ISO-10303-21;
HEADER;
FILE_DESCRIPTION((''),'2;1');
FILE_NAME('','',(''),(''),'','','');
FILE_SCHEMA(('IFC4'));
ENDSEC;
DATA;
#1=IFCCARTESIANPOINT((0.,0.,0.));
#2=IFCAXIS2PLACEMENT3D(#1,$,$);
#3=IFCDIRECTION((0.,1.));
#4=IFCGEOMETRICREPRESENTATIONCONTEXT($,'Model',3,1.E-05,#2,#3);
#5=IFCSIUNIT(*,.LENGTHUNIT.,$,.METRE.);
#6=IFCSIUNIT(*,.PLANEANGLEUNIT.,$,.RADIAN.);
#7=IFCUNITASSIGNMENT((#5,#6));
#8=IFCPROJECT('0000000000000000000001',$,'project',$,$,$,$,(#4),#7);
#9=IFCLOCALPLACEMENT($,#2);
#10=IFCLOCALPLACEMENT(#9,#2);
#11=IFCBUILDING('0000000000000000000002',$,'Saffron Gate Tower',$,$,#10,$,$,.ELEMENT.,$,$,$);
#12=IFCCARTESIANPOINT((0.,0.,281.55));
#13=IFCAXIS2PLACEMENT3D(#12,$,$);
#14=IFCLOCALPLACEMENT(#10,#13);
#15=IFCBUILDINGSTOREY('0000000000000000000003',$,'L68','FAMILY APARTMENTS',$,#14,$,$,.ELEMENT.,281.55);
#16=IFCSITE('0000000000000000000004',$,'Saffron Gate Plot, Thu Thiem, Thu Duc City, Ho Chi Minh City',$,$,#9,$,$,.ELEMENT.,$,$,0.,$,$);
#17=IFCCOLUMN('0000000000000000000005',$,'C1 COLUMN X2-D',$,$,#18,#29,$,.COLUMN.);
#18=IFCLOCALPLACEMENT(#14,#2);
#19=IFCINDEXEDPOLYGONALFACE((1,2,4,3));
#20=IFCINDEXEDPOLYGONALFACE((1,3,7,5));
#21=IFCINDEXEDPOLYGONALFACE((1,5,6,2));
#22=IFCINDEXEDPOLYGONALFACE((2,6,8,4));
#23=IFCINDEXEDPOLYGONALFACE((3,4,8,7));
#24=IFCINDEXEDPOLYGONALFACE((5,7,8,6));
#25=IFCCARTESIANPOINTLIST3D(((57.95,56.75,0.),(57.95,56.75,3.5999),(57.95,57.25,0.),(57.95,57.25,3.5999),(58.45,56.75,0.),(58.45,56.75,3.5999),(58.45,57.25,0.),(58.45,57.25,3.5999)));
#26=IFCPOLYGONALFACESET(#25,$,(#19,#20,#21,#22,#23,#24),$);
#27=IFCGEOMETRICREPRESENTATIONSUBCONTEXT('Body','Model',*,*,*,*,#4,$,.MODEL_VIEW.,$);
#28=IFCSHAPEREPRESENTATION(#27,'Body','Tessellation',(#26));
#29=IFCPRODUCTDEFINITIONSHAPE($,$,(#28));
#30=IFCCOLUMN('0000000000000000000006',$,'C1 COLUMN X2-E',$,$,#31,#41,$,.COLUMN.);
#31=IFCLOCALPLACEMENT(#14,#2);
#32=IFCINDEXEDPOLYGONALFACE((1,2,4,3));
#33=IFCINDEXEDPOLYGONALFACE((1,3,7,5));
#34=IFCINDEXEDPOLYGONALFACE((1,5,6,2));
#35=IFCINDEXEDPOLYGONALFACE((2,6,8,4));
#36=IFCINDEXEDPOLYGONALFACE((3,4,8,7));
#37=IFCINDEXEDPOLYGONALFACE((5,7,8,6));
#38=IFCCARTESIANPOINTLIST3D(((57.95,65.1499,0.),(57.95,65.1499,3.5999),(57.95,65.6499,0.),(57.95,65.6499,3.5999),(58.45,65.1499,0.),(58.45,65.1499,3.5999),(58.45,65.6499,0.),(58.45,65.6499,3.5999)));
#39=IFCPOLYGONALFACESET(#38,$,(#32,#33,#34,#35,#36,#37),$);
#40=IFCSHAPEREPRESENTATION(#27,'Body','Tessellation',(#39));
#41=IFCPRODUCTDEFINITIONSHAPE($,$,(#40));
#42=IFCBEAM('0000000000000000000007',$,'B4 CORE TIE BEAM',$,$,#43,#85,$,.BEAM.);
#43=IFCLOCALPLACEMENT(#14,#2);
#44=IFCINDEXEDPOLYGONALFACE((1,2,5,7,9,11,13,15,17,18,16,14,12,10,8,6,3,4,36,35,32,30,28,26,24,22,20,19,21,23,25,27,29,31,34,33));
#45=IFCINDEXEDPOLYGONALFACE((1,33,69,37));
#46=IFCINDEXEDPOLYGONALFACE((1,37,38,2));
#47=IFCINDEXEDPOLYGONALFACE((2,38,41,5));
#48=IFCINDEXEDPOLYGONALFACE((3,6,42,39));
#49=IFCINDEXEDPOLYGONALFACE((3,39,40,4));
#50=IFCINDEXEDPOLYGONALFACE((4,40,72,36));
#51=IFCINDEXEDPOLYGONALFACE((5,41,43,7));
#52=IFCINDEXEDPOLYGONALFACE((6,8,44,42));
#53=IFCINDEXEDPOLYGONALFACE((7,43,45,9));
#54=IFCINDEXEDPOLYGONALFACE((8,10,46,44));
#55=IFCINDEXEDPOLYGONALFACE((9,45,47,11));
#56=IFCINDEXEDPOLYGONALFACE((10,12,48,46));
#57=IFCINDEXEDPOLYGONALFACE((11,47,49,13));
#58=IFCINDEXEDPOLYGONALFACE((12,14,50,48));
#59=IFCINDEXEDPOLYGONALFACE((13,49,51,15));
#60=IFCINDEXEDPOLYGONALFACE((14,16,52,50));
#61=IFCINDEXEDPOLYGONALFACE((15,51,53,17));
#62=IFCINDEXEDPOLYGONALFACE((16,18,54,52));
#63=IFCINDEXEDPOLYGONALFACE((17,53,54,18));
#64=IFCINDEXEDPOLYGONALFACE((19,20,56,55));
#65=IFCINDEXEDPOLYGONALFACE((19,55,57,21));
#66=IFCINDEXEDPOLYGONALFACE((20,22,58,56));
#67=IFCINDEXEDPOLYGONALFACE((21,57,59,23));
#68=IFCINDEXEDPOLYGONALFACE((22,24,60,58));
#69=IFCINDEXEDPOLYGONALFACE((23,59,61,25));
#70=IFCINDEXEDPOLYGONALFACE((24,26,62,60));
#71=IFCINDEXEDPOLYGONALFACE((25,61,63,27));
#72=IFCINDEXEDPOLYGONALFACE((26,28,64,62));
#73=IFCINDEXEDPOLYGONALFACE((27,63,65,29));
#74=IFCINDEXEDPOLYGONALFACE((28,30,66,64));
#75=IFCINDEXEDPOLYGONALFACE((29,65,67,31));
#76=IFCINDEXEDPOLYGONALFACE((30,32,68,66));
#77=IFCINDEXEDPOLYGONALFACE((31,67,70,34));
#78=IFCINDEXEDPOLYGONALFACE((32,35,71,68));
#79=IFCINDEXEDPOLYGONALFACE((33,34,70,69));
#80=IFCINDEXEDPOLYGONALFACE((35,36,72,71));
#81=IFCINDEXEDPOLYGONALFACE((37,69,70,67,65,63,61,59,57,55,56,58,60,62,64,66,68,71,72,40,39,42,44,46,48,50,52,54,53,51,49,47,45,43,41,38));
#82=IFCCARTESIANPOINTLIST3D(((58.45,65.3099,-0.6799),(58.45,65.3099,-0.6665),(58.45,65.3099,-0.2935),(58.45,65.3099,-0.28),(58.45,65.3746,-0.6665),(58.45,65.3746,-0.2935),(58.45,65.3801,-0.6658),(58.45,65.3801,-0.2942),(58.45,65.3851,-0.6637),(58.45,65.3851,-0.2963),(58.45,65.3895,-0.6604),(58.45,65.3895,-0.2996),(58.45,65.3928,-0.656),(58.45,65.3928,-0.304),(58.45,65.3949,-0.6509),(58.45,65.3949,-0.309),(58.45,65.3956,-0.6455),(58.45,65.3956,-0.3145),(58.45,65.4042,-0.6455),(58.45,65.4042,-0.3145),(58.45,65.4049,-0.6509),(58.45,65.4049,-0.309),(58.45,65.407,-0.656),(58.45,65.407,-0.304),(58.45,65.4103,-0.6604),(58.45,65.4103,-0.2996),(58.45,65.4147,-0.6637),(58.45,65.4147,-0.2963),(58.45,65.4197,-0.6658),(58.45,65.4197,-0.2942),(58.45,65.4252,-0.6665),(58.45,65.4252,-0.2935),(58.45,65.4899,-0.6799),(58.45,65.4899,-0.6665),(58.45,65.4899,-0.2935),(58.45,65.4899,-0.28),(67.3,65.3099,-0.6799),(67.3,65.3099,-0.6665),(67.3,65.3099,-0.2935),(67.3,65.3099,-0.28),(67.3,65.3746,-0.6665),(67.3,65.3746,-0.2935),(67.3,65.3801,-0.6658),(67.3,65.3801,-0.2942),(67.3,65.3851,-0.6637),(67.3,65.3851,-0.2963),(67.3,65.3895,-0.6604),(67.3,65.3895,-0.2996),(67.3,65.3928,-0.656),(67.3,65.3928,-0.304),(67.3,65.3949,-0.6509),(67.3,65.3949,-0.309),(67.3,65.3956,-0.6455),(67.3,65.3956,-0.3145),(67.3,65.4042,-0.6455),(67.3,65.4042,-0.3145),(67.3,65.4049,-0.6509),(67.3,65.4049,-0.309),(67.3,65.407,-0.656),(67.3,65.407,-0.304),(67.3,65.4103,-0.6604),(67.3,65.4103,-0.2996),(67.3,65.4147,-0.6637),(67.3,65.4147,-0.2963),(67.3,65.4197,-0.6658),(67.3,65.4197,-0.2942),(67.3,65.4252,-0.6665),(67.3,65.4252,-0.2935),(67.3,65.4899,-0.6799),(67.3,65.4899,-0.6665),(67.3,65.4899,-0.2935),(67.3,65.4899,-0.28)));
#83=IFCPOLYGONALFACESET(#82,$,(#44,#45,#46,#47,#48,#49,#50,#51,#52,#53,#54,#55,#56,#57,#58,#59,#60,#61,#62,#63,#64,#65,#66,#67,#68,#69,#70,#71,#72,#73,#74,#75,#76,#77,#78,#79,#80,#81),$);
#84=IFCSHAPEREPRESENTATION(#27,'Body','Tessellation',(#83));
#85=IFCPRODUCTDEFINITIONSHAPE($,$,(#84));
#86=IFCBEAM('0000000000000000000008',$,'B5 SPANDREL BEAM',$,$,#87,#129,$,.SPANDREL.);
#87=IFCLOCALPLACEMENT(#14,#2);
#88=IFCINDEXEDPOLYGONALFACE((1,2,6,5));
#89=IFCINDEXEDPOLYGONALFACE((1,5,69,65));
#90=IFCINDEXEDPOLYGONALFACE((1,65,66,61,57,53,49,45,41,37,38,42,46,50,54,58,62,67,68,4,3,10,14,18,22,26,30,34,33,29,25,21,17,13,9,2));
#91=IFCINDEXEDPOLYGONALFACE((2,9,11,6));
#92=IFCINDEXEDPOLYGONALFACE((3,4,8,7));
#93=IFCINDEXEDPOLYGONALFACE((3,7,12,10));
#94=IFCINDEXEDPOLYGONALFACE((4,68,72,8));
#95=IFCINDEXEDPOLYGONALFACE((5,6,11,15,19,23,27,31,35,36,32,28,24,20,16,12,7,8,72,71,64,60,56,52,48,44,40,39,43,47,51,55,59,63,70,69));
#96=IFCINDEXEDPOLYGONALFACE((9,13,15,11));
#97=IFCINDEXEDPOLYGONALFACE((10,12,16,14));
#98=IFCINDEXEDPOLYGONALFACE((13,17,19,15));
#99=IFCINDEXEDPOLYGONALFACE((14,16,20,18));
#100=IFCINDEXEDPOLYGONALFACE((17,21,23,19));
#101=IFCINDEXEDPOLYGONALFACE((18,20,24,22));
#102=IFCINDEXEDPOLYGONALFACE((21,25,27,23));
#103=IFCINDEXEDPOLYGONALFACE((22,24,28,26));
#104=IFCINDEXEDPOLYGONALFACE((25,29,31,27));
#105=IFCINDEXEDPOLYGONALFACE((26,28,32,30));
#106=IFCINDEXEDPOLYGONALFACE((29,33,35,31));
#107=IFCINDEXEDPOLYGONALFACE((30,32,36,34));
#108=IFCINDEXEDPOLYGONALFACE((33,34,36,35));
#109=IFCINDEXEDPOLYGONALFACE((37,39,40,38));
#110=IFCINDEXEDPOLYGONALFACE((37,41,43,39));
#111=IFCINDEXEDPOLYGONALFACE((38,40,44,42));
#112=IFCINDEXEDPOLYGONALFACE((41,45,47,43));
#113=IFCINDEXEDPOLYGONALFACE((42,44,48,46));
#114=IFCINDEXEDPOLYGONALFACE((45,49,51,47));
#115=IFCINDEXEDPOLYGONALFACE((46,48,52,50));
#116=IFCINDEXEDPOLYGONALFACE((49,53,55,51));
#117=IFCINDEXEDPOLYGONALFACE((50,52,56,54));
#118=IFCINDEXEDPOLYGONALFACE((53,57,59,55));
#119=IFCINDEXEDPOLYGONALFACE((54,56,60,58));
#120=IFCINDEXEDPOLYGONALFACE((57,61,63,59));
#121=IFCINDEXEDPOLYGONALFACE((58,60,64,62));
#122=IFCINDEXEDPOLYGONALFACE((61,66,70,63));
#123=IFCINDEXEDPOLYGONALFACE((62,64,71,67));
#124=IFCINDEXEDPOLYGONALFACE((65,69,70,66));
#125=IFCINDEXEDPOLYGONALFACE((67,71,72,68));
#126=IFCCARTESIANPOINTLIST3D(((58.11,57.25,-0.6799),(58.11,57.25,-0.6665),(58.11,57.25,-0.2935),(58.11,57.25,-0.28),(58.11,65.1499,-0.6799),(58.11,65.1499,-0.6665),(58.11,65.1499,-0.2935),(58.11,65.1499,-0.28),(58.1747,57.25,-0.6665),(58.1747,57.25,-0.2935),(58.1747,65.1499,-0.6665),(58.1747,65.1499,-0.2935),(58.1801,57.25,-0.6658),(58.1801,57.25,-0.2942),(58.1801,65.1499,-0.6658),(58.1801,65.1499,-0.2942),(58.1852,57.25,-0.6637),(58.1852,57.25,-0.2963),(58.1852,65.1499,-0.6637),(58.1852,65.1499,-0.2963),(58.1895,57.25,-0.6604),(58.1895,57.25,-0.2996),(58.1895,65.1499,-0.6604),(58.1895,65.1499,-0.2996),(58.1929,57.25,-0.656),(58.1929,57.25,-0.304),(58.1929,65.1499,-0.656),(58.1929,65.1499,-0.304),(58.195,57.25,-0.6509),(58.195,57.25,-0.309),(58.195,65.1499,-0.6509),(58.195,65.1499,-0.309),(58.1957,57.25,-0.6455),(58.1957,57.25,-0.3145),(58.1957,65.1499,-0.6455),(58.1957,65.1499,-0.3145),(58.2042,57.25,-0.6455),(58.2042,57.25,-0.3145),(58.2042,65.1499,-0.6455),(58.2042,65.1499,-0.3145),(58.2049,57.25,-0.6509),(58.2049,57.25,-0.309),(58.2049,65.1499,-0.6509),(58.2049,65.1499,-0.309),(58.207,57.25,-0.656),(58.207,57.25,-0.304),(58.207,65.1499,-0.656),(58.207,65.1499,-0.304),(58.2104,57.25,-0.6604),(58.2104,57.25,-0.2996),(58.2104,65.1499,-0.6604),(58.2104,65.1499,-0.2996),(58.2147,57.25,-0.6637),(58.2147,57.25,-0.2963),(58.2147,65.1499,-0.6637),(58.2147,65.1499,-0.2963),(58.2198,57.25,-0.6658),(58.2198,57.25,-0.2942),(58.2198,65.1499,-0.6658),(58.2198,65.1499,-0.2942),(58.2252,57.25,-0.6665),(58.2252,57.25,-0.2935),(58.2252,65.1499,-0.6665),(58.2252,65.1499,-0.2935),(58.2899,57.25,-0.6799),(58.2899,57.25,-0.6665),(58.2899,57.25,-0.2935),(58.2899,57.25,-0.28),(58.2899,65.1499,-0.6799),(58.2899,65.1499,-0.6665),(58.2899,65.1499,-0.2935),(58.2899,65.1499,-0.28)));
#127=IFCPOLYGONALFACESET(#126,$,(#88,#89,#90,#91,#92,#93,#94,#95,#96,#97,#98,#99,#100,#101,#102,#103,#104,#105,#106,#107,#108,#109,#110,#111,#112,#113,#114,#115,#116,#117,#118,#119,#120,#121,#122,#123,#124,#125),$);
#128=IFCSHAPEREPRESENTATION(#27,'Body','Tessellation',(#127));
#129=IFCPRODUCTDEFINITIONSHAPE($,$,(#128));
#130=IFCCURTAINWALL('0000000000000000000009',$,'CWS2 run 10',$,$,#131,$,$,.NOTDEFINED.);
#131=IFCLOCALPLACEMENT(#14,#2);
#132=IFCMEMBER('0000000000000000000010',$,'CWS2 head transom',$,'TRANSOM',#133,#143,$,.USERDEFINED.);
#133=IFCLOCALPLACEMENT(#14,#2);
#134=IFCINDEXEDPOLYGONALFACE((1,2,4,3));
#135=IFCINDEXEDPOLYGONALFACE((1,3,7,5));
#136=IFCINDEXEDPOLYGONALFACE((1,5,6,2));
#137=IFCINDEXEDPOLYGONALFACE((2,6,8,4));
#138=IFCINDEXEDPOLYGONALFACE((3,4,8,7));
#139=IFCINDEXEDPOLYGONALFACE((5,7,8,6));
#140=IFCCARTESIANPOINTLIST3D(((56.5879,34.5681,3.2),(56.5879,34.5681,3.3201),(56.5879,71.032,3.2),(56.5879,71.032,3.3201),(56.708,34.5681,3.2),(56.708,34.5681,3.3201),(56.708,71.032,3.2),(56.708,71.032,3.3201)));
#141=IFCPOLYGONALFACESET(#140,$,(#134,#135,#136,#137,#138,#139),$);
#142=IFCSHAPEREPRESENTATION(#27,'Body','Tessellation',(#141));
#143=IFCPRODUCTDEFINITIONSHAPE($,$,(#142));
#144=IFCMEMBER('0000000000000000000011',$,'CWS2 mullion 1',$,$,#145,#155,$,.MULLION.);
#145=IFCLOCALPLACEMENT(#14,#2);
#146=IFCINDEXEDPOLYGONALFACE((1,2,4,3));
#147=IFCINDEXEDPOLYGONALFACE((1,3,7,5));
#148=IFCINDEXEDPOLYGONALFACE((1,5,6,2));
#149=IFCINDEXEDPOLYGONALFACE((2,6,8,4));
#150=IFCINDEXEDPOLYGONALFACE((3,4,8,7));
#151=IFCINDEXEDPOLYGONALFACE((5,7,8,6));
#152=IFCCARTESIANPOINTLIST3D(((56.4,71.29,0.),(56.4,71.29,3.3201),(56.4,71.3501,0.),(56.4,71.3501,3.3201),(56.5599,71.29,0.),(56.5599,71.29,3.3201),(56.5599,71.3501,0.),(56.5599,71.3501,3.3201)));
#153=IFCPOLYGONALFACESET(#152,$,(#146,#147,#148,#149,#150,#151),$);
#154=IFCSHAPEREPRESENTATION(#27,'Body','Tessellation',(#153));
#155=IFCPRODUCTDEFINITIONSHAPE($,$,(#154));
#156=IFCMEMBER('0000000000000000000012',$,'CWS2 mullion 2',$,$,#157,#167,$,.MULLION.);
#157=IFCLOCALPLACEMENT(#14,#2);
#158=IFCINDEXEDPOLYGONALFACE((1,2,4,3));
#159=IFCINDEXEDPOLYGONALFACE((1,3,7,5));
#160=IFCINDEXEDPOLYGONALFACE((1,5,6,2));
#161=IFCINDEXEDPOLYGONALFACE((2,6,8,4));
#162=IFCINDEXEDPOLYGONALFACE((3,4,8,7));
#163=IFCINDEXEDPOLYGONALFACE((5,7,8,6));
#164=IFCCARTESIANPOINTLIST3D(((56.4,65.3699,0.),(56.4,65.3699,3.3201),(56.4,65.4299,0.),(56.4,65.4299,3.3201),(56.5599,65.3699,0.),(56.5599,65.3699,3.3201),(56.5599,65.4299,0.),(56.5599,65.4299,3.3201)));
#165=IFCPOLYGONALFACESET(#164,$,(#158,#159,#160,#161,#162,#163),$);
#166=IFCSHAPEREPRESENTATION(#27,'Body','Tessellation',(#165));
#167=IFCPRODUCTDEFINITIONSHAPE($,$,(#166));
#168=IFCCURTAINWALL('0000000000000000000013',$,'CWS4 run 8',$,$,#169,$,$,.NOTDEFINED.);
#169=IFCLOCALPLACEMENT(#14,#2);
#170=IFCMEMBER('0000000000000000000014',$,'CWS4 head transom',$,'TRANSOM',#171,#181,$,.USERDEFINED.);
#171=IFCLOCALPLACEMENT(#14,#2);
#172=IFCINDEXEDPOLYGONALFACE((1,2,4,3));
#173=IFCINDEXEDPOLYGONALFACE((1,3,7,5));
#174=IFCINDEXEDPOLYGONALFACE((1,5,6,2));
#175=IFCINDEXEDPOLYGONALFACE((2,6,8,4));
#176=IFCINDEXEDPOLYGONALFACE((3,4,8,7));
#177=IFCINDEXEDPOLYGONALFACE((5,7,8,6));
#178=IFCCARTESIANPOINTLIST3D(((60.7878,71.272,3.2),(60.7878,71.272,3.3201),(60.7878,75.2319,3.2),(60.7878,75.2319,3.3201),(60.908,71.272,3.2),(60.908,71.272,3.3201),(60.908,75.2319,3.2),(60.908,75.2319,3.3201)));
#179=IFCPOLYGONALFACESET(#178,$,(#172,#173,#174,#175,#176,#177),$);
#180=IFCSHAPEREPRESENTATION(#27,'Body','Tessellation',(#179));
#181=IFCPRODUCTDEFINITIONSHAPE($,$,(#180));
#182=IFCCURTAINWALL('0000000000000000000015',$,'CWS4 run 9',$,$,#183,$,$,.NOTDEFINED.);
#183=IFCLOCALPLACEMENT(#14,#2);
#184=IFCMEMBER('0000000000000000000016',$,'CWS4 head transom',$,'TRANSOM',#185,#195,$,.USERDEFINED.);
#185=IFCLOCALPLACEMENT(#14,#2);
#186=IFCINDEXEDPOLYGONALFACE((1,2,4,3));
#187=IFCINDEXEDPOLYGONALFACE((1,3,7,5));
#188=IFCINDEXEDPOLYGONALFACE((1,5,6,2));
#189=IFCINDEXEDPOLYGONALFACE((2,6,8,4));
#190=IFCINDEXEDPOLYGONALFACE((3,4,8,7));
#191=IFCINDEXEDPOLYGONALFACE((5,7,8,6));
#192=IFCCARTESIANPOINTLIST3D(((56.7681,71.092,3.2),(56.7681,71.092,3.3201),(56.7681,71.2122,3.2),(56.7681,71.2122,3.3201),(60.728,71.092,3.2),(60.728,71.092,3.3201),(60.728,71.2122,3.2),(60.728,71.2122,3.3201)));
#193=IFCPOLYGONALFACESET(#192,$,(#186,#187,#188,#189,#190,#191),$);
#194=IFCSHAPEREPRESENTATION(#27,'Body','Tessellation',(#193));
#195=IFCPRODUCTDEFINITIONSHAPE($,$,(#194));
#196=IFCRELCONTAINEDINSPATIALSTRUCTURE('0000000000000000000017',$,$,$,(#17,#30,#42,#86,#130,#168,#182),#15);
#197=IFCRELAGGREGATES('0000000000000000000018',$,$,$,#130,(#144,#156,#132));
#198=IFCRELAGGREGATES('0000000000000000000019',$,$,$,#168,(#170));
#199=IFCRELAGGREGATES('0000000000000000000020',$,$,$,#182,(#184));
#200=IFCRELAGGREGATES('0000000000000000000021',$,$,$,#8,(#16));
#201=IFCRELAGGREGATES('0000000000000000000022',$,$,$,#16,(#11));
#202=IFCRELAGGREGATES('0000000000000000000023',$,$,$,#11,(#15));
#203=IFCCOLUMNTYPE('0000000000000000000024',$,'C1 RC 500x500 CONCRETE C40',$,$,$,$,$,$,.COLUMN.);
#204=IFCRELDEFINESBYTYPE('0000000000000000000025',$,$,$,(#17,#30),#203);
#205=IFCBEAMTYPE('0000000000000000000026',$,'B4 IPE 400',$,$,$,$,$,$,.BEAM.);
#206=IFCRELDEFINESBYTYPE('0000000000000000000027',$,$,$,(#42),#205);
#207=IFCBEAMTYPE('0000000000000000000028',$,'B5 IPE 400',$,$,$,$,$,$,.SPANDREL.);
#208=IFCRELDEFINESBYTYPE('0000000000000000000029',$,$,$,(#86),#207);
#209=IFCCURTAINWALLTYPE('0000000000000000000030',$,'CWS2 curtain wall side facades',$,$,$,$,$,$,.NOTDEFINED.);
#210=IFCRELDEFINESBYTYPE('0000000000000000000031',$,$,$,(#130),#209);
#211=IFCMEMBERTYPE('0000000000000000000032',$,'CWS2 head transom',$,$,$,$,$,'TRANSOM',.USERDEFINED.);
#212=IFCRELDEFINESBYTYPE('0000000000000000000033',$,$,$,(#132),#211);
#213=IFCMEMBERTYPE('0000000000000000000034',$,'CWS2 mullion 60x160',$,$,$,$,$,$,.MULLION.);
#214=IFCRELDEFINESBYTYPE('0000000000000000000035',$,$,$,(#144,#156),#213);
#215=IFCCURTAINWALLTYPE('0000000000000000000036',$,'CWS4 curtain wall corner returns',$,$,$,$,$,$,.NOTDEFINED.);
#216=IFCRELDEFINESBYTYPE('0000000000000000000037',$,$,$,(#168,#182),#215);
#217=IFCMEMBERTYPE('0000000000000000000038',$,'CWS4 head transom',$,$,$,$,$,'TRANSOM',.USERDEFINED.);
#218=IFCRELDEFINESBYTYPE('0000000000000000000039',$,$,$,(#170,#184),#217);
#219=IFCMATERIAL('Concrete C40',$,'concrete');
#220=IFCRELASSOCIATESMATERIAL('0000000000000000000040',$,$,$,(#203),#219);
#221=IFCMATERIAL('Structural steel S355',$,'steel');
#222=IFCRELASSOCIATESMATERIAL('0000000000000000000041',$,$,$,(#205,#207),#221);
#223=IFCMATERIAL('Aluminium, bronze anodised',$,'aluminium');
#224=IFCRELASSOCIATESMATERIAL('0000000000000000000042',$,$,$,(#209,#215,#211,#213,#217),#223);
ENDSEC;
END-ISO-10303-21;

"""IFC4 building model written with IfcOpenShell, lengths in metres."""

from ifc_helpers import new_model, si_unit, direction, frame, origin, origin_2d, place, context, subcontext, project, spatial, rectangle, i_section, extrude, material, material_profile, profile_set, type_object, element, aggregate, save


model = new_model("IFC4")

# Units and contexts
model_context = context("Model", 3, precision=1e-05, world=origin(), true_north=direction((0.0, 1.0)))
body_context = subcontext(model_context, "Body", "Model", "MODEL_VIEW")
ifc_project = project(units=[si_unit("LENGTHUNIT", "METRE"), si_unit("PLANEANGLEUNIT", "RADIAN")], contexts=[model_context])

# Site, building, storey
site_placement = place(None, origin())
site = spatial("IfcSite", under=ifc_project, at=site_placement, Name="Saffron Gate Plot, Thu Thiem, Thu Duc City, Ho Chi Minh City", CompositionType="ELEMENT", RefElevation=0.0)
building_placement = place(site_placement, origin())
building = spatial("IfcBuilding", under=site, at=building_placement, Name="Saffron Gate Tower", CompositionType="ELEMENT")
storey_placement = place(building_placement, frame((0.0, 0.0, 281.55)))
storey = spatial("IfcBuildingStorey", under=building, at=storey_placement, Name="L68", Description="FAMILY APARTMENTS", CompositionType="ELEMENT", Elevation=281.55)

# Columns
ifc_material_1 = material(Name="Concrete C40", Category="concrete")
ifc_material_profile_1 = material_profile(ifc_material_1, rectangle(XDim=0.5, YDim=0.5, at=origin_2d()))
ifc_profile_set_1 = profile_set([ifc_material_profile_1], Name="Concrete C40")
column_type = type_object("IfcColumnType", Name="C1 RC 500x500 CONCRETE C40", PredefinedType="COLUMN", material=ifc_profile_set_1)
for number, where, z_axis, x_axis, name in (
    (1, (58.2, 57.0, 0.0), (0.0, 0.0, 1.0), (1.0, 0.0, 0.0), "C1 COLUMN X2-D"),
    (2, (58.2, 65.3999, 0.0), (0.0, 0.0, 1.0), (1.0, 0.0, 0.0), "C1 COLUMN X2-E"),
):
    element("IfcColumn", number, at=place(storey_placement, frame(where, z_axis=z_axis, x_axis=x_axis)), inside=storey, type_object=column_type, Name=name, PredefinedType="COLUMN", context=body_context, shape_type="SweptSolid", body=[
        extrude(rectangle(XDim=0.5, YDim=0.5, at=origin_2d()), origin(), (0.0, 0.0, 1.0), 3.5999),
    ])

# Beams
ifc_material_2 = material(Name="Structural steel S355", Category="steel")
ifc_material_profile_2 = material_profile(ifc_material_2, i_section(OverallWidth=0.1799, OverallDepth=0.3999, WebThickness=0.0085, FlangeThickness=0.0134, FilletRadius=0.021, at=origin_2d()))
ifc_profile_set_2 = profile_set([ifc_material_profile_2], Name="Structural steel S355")
beam_type_1 = type_object("IfcBeamType", Name="B4 IPE 400", PredefinedType="BEAM", material=ifc_profile_set_2)
beam_1_placement = place(storey_placement, frame((58.45, 65.3999, -0.48), z_axis=(1.0, 0.0, 0.0), x_axis=(0.0, 1.0, 0.0)))
element("IfcBeam", 3, at=beam_1_placement, inside=storey, type_object=beam_type_1, Name="B4 CORE TIE BEAM", PredefinedType="BEAM", context=body_context, shape_type="SweptSolid", body=[
    extrude(i_section(OverallWidth=0.1799, OverallDepth=0.3999, WebThickness=0.0085, FlangeThickness=0.0134, FilletRadius=0.021, at=origin_2d()), origin(), (0.0, 0.0, 1.0), 8.8501),
])
ifc_material_profile_3 = material_profile(ifc_material_2, i_section(OverallWidth=0.1799, OverallDepth=0.3999, WebThickness=0.0085, FlangeThickness=0.0134, FilletRadius=0.021, at=origin_2d()))
ifc_profile_set_3 = profile_set([ifc_material_profile_3], Name="Structural steel S355")
beam_type_2 = type_object("IfcBeamType", Name="B5 IPE 400", PredefinedType="SPANDREL", material=ifc_profile_set_3)
beam_2_placement = place(storey_placement, frame((58.2, 57.25, -0.48), z_axis=(0.0, 1.0, 0.0), x_axis=(-1.0, 0.0, 0.0)))
element("IfcBeam", 4, at=beam_2_placement, inside=storey, type_object=beam_type_2, Name="B5 SPANDREL BEAM", PredefinedType="SPANDREL", context=body_context, shape_type="SweptSolid", body=[
    extrude(i_section(OverallWidth=0.1799, OverallDepth=0.3999, WebThickness=0.0085, FlangeThickness=0.0134, FilletRadius=0.021, at=origin_2d()), origin(), (0.0, 0.0, 1.0), 7.8999),
])

# Curtain wall, members
ifc_material_3 = material(Name="Aluminium, bronze anodised", Category="aluminium")
curtain_wall_type_1 = type_object("IfcCurtainWallType", Name="CWS2 curtain wall side facades", PredefinedType="NOTDEFINED", material=ifc_material_3)
curtain_wall_1_placement = place(storey_placement, origin())
curtain_wall_1 = element("IfcCurtainWall", 5, at=curtain_wall_1_placement, inside=storey, type_object=curtain_wall_type_1, Name="CWS2 run 10", PredefinedType="NOTDEFINED")
ifc_material_profile_4 = material_profile(ifc_material_3, rectangle(XDim=0.1201, YDim=0.1201, at=origin_2d()))
ifc_profile_set_4 = profile_set([ifc_material_profile_4], Name="Aluminium, bronze anodised")
member_type_1 = type_object("IfcMemberType", Name="CWS2 head transom", ElementType="TRANSOM", PredefinedType="USERDEFINED", material=ifc_profile_set_4)
member_1_placement = place(storey_placement, frame((56.6479, 71.032, 3.26), z_axis=(0.0, -1.0, 0.0), x_axis=(1.0, 0.0, 0.0)))
member_1 = element("IfcMember", 6, at=member_1_placement, type_object=member_type_1, Name="CWS2 head transom", ObjectType="TRANSOM", PredefinedType="USERDEFINED", context=body_context, shape_type="SweptSolid", body=[
    extrude(rectangle(XDim=0.1201, YDim=0.1201, at=origin_2d()), origin(), (0.0, 0.0, 1.0), 36.4639),
])
ifc_material_profile_5 = material_profile(ifc_material_3, rectangle(XDim=0.1599, YDim=0.0601, at=origin_2d()))
ifc_profile_set_5 = profile_set([ifc_material_profile_5], Name="Aluminium, bronze anodised")
member_type_2 = type_object("IfcMemberType", Name="CWS2 mullion 60x160", PredefinedType="MULLION", material=ifc_profile_set_5)
member_2_placement = place(storey_placement, frame((56.48, 71.3201, 0.0), z_axis=(0.0, 0.0, 1.0), x_axis=(1.0, 0.0, 0.0)))
member_2 = element("IfcMember", 7, at=member_2_placement, type_object=member_type_2, Name="CWS2 mullion 1", PredefinedType="MULLION", context=body_context, shape_type="SweptSolid", body=[
    extrude(rectangle(XDim=0.1599, YDim=0.0601, at=origin_2d()), origin(), (0.0, 0.0, 1.0), 3.3201),
])
member_3_placement = place(storey_placement, frame((56.48, 65.3999, 0.0), z_axis=(0.0, 0.0, 1.0), x_axis=(1.0, 0.0, 0.0)))
member_3 = element("IfcMember", 8, at=member_3_placement, type_object=member_type_2, Name="CWS2 mullion 2", PredefinedType="MULLION", context=body_context, shape_type="SweptSolid", body=[
    extrude(rectangle(XDim=0.1599, YDim=0.0601, at=origin_2d()), origin(), (0.0, 0.0, 1.0), 3.3201),
])

# Curtain walls, members
curtain_wall_type_2 = type_object("IfcCurtainWallType", Name="CWS4 curtain wall corner returns", PredefinedType="NOTDEFINED", material=ifc_material_3)
curtain_wall_2_placement = place(storey_placement, origin())
curtain_wall_2 = element("IfcCurtainWall", 9, at=curtain_wall_2_placement, inside=storey, type_object=curtain_wall_type_2, Name="CWS4 run 8", PredefinedType="NOTDEFINED")
ifc_material_profile_6 = material_profile(ifc_material_3, rectangle(XDim=0.1201, YDim=0.1201, at=origin_2d()))
ifc_profile_set_6 = profile_set([ifc_material_profile_6], Name="Aluminium, bronze anodised")
member_type_3 = type_object("IfcMemberType", Name="CWS4 head transom", ElementType="TRANSOM", PredefinedType="USERDEFINED", material=ifc_profile_set_6)
member_4_placement = place(storey_placement, frame((60.8479, 75.2319, 3.26), z_axis=(0.0, -1.0, 0.0), x_axis=(1.0, 0.0, 0.0)))
member_4 = element("IfcMember", 10, at=member_4_placement, type_object=member_type_3, Name="CWS4 head transom", ObjectType="TRANSOM", PredefinedType="USERDEFINED", context=body_context, shape_type="SweptSolid", body=[
    extrude(rectangle(XDim=0.1201, YDim=0.1201, at=origin_2d()), origin(), (0.0, 0.0, 1.0), 3.96),
])
curtain_wall_3_placement = place(storey_placement, origin())
curtain_wall_3 = element("IfcCurtainWall", 11, at=curtain_wall_3_placement, inside=storey, type_object=curtain_wall_type_2, Name="CWS4 run 9", PredefinedType="NOTDEFINED")
member_5_placement = place(storey_placement, frame((60.728, 71.1521, 3.26), z_axis=(-1.0, 0.0, 0.0), x_axis=(0.0, -1.0, 0.0)))
member_5 = element("IfcMember", 12, at=member_5_placement, type_object=member_type_3, Name="CWS4 head transom", ObjectType="TRANSOM", PredefinedType="USERDEFINED", context=body_context, shape_type="SweptSolid", body=[
    extrude(rectangle(XDim=0.1201, YDim=0.1201, at=origin_2d()), origin(), (0.0, 0.0, 1.0), 3.96),
])

aggregate(curtain_wall_1, [member_2, member_3, member_1])

aggregate(curtain_wall_2, [member_4])
aggregate(curtain_wall_3, [member_5])

save(model, "model.ifc")
